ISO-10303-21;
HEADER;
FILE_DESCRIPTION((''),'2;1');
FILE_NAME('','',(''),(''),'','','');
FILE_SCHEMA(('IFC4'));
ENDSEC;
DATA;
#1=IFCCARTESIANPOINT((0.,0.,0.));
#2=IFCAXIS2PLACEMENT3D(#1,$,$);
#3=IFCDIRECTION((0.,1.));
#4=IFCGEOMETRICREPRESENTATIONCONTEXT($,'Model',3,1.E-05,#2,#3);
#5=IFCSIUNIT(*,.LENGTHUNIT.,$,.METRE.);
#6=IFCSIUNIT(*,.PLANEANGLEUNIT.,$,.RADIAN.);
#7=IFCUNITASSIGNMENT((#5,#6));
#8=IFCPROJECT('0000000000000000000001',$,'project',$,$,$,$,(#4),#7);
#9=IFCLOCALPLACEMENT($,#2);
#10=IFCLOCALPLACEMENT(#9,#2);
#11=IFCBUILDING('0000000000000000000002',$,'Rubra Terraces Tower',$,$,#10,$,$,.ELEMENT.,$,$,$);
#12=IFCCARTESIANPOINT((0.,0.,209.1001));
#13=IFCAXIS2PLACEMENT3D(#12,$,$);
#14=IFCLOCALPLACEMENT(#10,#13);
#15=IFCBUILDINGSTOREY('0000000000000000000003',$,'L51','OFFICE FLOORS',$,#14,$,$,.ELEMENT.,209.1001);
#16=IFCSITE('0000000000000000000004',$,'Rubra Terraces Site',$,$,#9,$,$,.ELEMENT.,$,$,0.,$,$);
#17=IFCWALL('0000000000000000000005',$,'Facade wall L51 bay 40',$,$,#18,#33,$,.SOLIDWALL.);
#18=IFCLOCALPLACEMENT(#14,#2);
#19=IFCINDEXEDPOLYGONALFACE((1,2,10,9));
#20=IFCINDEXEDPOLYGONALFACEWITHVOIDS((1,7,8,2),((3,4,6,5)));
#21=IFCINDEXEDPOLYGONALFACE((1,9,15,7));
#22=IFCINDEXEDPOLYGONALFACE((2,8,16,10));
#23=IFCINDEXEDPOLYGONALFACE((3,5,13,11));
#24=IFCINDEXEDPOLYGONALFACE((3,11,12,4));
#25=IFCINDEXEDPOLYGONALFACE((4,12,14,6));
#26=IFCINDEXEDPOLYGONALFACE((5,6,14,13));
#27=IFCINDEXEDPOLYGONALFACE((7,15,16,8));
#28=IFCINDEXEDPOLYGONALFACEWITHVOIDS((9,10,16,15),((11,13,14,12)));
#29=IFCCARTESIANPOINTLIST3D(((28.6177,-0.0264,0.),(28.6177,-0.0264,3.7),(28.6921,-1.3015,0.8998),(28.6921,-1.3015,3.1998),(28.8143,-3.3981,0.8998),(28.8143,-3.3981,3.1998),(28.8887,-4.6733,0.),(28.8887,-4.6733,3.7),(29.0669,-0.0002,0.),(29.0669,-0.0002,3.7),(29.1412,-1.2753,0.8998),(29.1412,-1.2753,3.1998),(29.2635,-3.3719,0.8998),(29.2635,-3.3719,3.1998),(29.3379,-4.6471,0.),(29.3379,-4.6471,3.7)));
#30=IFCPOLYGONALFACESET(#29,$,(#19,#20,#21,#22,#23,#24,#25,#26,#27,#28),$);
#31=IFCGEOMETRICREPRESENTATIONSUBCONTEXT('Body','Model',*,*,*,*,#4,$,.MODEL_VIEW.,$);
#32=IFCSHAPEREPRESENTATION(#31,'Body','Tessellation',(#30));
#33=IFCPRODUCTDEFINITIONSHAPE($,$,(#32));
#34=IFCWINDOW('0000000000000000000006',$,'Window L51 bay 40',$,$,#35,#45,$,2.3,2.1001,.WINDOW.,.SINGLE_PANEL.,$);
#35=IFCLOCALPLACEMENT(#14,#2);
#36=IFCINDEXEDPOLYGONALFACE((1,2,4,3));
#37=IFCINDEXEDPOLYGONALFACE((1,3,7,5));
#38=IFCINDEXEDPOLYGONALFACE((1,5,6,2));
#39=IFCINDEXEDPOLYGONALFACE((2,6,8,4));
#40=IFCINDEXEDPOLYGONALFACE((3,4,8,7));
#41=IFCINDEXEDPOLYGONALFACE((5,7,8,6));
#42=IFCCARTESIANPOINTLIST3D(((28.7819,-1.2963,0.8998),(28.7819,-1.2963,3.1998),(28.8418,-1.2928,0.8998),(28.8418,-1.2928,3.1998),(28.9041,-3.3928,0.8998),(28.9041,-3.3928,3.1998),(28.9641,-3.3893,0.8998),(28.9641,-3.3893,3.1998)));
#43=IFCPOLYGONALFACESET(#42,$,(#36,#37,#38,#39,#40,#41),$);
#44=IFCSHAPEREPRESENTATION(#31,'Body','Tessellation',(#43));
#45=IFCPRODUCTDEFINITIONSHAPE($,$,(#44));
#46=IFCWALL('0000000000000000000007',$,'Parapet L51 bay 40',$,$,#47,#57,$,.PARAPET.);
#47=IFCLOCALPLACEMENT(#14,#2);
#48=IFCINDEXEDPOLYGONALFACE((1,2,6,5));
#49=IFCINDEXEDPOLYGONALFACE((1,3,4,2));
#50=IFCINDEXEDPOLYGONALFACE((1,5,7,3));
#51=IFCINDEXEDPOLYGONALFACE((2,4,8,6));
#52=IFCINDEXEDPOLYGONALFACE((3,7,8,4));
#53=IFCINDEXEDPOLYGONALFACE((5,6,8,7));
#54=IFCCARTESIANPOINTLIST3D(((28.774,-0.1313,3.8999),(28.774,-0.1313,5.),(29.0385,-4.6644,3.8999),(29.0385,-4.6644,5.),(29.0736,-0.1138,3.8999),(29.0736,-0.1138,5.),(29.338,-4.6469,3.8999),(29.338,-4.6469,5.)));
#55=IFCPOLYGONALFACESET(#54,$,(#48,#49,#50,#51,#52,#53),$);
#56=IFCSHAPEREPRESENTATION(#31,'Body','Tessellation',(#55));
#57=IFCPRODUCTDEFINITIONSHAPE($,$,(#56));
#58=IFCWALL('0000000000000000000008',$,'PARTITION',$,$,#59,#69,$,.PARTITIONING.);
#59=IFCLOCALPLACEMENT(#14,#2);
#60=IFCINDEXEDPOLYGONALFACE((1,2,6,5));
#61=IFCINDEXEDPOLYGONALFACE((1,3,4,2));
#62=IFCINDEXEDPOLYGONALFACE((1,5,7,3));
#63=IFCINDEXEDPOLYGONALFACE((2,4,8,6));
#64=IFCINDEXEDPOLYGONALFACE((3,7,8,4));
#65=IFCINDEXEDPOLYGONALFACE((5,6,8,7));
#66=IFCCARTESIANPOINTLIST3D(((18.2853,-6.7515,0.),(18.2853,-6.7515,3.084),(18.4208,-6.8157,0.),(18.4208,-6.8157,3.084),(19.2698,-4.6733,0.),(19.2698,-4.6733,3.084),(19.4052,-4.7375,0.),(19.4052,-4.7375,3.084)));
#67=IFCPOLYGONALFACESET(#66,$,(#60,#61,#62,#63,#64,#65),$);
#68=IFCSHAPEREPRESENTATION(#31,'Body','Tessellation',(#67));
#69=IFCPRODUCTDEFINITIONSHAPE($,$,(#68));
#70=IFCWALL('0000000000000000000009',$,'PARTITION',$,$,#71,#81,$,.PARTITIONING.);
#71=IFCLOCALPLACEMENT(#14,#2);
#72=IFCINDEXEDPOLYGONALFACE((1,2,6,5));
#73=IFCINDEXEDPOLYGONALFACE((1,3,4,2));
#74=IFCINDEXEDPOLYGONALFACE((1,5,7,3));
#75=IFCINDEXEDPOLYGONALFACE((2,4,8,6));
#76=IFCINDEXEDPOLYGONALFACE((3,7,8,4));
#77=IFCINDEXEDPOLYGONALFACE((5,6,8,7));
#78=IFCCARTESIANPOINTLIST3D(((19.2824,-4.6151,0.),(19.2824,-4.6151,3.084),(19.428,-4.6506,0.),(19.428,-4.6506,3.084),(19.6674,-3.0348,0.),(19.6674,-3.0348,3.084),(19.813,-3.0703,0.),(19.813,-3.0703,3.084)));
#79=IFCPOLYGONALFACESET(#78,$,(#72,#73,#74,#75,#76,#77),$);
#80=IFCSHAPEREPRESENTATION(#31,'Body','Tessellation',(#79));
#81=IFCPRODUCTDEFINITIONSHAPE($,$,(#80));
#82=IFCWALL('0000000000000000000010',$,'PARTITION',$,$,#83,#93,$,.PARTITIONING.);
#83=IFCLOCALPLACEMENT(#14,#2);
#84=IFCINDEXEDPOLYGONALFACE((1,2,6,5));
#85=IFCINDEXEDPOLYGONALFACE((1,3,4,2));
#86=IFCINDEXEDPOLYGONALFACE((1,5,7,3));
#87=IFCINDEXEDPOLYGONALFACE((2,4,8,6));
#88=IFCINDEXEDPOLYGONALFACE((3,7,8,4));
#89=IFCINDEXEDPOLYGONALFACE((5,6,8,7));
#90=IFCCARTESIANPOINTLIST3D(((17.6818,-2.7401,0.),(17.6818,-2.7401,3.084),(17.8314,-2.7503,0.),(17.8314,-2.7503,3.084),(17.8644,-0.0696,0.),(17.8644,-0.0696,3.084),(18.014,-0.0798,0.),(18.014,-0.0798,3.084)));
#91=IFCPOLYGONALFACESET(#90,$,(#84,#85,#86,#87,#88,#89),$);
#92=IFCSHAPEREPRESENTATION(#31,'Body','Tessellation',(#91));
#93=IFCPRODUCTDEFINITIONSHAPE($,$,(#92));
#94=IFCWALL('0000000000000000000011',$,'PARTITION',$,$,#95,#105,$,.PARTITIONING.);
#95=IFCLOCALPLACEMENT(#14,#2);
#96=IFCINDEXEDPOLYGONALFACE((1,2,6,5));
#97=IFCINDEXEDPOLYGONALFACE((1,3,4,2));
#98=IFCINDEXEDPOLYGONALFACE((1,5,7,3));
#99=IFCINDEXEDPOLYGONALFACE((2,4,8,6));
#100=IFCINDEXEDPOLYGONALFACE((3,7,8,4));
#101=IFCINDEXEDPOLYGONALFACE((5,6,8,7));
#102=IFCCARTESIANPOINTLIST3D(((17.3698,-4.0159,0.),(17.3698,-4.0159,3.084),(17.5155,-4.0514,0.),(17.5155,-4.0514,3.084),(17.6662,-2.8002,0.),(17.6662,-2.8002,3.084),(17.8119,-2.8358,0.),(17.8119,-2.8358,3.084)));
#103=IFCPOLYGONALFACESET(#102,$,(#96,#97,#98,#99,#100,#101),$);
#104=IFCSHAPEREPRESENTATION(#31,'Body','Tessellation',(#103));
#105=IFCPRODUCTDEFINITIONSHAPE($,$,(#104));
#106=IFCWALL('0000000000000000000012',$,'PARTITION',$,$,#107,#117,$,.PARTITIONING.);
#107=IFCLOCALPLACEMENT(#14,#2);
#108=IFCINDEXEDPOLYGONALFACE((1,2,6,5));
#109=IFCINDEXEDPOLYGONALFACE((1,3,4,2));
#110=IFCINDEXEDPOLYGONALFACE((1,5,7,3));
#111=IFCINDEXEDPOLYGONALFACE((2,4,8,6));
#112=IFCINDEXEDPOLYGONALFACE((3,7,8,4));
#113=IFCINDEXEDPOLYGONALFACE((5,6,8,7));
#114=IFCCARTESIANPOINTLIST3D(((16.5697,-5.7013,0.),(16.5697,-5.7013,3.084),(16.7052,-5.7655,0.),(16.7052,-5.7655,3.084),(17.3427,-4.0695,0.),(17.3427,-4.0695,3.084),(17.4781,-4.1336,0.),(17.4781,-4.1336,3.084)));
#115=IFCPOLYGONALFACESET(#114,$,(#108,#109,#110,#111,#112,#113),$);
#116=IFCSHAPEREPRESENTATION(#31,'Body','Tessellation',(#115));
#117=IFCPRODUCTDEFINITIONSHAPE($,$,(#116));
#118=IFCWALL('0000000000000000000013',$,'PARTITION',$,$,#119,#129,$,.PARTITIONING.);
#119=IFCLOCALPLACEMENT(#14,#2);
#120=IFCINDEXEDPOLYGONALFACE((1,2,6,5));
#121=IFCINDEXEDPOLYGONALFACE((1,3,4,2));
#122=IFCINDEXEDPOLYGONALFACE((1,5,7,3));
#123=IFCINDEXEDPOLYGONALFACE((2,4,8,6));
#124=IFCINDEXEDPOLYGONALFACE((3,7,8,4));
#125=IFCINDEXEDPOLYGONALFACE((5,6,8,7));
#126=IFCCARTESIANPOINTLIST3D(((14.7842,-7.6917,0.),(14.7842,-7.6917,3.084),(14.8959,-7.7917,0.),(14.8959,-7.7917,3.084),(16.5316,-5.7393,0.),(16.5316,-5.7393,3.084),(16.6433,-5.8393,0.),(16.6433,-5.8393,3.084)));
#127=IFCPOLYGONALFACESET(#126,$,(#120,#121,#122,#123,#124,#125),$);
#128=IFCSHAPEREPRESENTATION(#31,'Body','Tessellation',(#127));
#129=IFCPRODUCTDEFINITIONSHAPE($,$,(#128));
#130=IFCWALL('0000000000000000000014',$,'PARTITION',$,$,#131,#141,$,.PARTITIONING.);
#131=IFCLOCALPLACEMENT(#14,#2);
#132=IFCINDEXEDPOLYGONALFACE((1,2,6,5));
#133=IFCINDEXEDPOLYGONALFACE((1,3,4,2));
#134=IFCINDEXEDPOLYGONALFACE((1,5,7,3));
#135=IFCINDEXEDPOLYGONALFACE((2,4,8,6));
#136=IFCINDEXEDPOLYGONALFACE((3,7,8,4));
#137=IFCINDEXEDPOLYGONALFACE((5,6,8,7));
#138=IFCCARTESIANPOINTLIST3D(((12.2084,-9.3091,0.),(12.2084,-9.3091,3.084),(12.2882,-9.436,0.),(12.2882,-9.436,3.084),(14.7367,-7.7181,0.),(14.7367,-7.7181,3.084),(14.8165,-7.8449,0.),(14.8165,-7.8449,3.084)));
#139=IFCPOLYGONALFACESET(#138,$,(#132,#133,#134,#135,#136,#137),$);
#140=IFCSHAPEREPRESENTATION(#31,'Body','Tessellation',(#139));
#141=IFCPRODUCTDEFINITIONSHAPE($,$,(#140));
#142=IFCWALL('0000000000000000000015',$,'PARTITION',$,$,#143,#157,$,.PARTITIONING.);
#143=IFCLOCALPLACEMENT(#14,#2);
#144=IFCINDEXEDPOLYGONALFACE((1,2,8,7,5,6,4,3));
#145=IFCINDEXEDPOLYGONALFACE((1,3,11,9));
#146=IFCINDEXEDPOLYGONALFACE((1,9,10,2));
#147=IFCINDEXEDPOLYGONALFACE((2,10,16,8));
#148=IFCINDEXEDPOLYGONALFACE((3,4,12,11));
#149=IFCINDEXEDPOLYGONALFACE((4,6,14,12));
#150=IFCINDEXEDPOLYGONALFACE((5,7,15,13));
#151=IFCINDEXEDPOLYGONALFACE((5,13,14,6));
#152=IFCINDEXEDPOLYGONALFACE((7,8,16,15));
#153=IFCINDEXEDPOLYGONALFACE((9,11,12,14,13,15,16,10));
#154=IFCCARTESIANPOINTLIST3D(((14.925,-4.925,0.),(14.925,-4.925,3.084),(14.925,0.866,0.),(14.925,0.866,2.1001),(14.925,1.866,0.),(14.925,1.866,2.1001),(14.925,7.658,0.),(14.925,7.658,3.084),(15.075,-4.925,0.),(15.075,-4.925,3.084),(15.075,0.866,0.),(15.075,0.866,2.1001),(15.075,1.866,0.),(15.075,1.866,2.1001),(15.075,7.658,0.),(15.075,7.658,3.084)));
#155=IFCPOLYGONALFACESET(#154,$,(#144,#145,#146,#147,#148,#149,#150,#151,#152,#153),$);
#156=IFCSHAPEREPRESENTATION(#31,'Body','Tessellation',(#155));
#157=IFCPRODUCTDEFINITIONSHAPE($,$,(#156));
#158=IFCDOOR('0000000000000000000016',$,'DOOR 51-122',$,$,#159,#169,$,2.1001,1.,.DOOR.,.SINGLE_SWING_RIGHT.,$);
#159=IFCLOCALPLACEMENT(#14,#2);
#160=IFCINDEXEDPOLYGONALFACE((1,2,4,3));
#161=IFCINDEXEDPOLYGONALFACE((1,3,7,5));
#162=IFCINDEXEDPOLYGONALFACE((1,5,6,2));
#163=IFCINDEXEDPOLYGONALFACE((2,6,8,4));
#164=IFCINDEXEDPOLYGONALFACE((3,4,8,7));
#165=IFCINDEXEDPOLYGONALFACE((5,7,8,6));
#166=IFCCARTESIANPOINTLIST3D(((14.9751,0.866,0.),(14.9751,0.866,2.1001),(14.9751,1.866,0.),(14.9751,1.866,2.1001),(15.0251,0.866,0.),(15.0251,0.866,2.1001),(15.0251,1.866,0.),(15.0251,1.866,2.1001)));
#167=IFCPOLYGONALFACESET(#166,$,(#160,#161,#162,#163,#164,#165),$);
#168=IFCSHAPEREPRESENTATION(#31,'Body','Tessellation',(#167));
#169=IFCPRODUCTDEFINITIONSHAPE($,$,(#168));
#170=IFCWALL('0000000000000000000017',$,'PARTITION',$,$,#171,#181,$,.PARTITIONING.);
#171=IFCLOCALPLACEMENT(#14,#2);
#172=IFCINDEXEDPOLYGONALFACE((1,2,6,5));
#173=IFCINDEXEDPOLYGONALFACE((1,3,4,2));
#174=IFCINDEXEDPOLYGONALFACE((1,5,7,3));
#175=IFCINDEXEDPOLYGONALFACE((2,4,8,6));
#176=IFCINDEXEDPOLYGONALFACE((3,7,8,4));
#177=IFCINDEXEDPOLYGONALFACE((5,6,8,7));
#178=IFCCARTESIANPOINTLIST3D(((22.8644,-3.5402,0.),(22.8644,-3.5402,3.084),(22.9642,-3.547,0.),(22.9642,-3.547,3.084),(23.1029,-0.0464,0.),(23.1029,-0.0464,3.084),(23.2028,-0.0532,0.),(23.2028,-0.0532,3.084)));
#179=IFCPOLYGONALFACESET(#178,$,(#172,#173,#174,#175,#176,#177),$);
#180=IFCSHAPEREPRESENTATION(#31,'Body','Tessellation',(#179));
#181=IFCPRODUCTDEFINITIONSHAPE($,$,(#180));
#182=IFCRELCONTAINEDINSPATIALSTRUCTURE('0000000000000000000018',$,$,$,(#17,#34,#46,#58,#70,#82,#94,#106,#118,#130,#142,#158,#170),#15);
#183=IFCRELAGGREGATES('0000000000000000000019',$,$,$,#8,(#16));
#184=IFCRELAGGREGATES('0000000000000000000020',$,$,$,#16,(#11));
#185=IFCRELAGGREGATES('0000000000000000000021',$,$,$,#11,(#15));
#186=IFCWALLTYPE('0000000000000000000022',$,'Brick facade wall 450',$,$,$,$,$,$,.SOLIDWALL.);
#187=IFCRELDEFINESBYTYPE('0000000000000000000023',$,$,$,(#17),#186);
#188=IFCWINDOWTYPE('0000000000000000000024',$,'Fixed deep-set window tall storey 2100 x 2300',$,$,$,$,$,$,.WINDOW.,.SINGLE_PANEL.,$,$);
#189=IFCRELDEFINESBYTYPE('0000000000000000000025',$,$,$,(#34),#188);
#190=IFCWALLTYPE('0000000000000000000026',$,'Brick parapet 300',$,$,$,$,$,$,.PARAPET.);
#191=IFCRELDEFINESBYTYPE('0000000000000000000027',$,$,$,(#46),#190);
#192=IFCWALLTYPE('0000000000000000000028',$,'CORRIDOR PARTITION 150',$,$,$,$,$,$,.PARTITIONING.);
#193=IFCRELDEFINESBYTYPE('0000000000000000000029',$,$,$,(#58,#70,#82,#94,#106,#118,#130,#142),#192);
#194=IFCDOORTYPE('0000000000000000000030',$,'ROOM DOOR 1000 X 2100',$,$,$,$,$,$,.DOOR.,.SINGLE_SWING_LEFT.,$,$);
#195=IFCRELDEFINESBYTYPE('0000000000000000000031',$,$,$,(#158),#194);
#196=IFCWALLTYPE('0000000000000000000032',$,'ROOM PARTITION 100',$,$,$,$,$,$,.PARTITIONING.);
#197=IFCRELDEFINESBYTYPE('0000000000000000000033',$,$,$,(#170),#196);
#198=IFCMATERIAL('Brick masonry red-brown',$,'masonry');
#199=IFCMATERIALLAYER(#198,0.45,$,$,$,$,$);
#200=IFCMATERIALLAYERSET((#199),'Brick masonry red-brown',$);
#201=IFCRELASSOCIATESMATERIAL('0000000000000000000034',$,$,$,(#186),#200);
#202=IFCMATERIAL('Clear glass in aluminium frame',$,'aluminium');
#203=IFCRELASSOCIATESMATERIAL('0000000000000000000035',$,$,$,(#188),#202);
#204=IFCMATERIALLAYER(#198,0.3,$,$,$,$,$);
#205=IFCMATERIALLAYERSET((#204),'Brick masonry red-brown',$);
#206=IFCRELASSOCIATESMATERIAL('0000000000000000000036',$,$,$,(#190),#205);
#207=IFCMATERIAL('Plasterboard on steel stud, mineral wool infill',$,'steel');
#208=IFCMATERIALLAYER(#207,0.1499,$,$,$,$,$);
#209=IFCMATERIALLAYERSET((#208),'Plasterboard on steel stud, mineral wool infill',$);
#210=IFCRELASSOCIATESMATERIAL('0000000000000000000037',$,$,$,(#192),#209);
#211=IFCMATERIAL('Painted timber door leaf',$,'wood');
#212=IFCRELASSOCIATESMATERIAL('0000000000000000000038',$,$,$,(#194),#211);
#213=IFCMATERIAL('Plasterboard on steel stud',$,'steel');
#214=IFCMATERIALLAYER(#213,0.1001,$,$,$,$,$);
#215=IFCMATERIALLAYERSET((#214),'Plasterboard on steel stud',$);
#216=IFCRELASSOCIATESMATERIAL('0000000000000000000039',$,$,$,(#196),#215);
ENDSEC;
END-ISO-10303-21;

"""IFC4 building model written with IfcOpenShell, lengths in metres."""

from ifc_helpers import new_model, si_unit, direction, frame, frame_2d, origin, place, context, subcontext, project, spatial, rectangle, extrude, material, layer, layer_set, type_object, element, fill, save


model = new_model("IFC4")

# Units and contexts
model_context = context("Model", 3, precision=1e-05, world=origin(), true_north=direction((0.0, 1.0)))
body_context = subcontext(model_context, "Body", "Model", "MODEL_VIEW")
ifc_project = project(units=[si_unit("LENGTHUNIT", "METRE"), si_unit("PLANEANGLEUNIT", "RADIAN")], contexts=[model_context])

# Site, building, storey
site_placement = place(None, origin())
site = spatial("IfcSite", under=ifc_project, at=site_placement, Name="Rubra Terraces Site", CompositionType="ELEMENT", RefElevation=0.0)
building_placement = place(site_placement, origin())
building = spatial("IfcBuilding", under=site, at=building_placement, Name="Rubra Terraces Tower", CompositionType="ELEMENT")
storey_placement = place(building_placement, frame((0.0, 0.0, 209.1001)))
storey = spatial("IfcBuildingStorey", under=building, at=storey_placement, Name="L51", Description="OFFICE FLOORS", CompositionType="ELEMENT", Elevation=209.1001)

# Wall, opening, window
ifc_material_1 = material(Name="Brick masonry red-brown", Category="masonry")
ifc_layer_1 = layer(ifc_material_1, 0.45)
ifc_layer_set_1 = layer_set([ifc_layer_1], Name="Brick masonry red-brown")
wall_type_1 = type_object("IfcWallType", Name="Brick facade wall 450", PredefinedType="SOLIDWALL", material=ifc_layer_set_1)
ifc_material_2 = material(Name="Clear glass in aluminium frame", Category="aluminium")
window_type = type_object("IfcWindowType", Name="Fixed deep-set window tall storey 2100 x 2300", PartitioningType="SINGLE_PANEL", PredefinedType="WINDOW", material=ifc_material_2)
wall_1_placement = place(storey_placement, frame((29.1133, -4.6602, 0.0), z_axis=(0.0, 0.0, 1.0), x_axis=(-0.058218, 0.998304, 0.0)))
wall_1 = element("IfcWall", 1, at=wall_1_placement, inside=storey, type_object=wall_type_1, Name="Facade wall L51 bay 40", PredefinedType="SOLIDWALL", context=body_context, shape_type="SweptSolid", body=[
    extrude(rectangle(XDim=4.6548, YDim=0.45, at=frame_2d((2.3274, 0.0))), origin(), (0.0, 0.0, 1.0), 3.7),
])
opening_1_placement = place(wall_1_placement, frame((1.2773, 0.0, 0.8999)))
opening_1 = element("IfcOpeningElement", 2, at=opening_1_placement, cuts=wall_1, PredefinedType="OPENING", context=body_context, shape_type="SweptSolid", body=[
    extrude(rectangle(XDim=2.1001, YDim=2.3, at=frame_2d((1.05, 1.1499))), frame((0.0, 0.2349, 0.0), z_axis=(0.0, -1.0, 0.0), x_axis=(1.0, 0.0, 0.0)), (0.0, 0.0, 1.0), 0.47),
])
window_1_placement = place(opening_1_placement, origin())
window_1 = element("IfcWindow", 3, at=window_1_placement, inside=storey, type_object=window_type, Name="Window L51 bay 40", OverallHeight=2.3, OverallWidth=2.1001, PartitioningType="SINGLE_PANEL", PredefinedType="WINDOW", context=body_context, shape_type="SweptSolid", body=[
    extrude(rectangle(XDim=2.1001, YDim=2.3, at=frame_2d((1.05, 1.1499))), frame((0.0, 0.135, 0.0), z_axis=(0.0, -1.0, 0.0), x_axis=(1.0, 0.0, 0.0)), (0.0, 0.0, 1.0), 0.0601),
])
fill(opening_1, window_1)

# Walls
ifc_layer_2 = layer(ifc_material_1, 0.3)
ifc_layer_set_2 = layer_set([ifc_layer_2], Name="Brick masonry red-brown")
wall_type_2 = type_object("IfcWallType", Name="Brick parapet 300", PredefinedType="PARAPET", material=ifc_layer_set_2)
wall_2_placement = place(storey_placement, frame((29.1882, -4.6558, 3.8999), z_axis=(0.0, 0.0, 1.0), x_axis=(-0.05823, 0.998303, 0.0)))
element("IfcWall", 4, at=wall_2_placement, inside=storey, type_object=wall_type_2, Name="Parapet L51 bay 40", PredefinedType="PARAPET", context=body_context, shape_type="SweptSolid", body=[
    extrude(rectangle(XDim=4.5408, YDim=0.3, at=frame_2d((2.2705, 0.0))), origin(), (0.0, 0.0, 1.0), 1.1001),
])
ifc_material_3 = material(Name="Plasterboard on steel stud, mineral wool infill", Category="steel")
ifc_layer_3 = layer(ifc_material_3, 0.1499)
ifc_layer_set_3 = layer_set([ifc_layer_3], Name="Plasterboard on steel stud, mineral wool infill")
wall_type_3 = type_object("IfcWallType", Name="CORRIDOR PARTITION 150", PredefinedType="PARTITIONING", material=ifc_layer_set_3)
wall_3_placement = place(storey_placement, frame((18.353, -6.7837, 0.0), z_axis=(0.0, 0.0, 1.0), x_axis=(0.428086, 0.903738, 0.0)))
element("IfcWall", 5, at=wall_3_placement, inside=storey, type_object=wall_type_3, Name="PARTITION", PredefinedType="PARTITIONING", context=body_context, shape_type="SweptSolid", body=[
    extrude(rectangle(XDim=2.2996, YDim=0.1499, at=frame_2d((1.1499, 0.0))), origin(), (0.0, 0.0, 1.0), 3.084),
])
wall_4_placement = place(storey_placement, frame((19.3552, -4.6328, 0.0), z_axis=(0.0, 0.0, 1.0), x_axis=(0.236704, 0.971582, 0.0)))
element("IfcWall", 6, at=wall_4_placement, inside=storey, type_object=wall_type_3, Name="PARTITION", PredefinedType="PARTITIONING", context=body_context, shape_type="SweptSolid", body=[
    extrude(rectangle(XDim=1.6265, YDim=0.1499, at=frame_2d((0.8132, 0.0))), origin(), (0.0, 0.0, 1.0), 3.084),
])

# Walls
wall_5_placement = place(storey_placement, frame((17.9392, -0.0747, 0.0), z_axis=(0.0, 0.0, 1.0), x_axis=(-0.068226, -0.99767, 0.0)))
element("IfcWall", 7, at=wall_5_placement, inside=storey, type_object=wall_type_3, Name="PARTITION", PredefinedType="PARTITIONING", context=body_context, shape_type="SweptSolid", body=[
    extrude(rectangle(XDim=2.6768, YDim=0.1499, at=frame_2d((1.3384, 0.0))), origin(), (0.0, 0.0, 1.0), 3.084),
])
wall_6_placement = place(storey_placement, frame((17.739, -2.8181, 0.0), z_axis=(0.0, 0.0, 1.0), x_axis=(-0.236884, -0.971538, 0.0)))
element("IfcWall", 8, at=wall_6_placement, inside=storey, type_object=wall_type_3, Name="PARTITION", PredefinedType="PARTITIONING", context=body_context, shape_type="SweptSolid", body=[
    extrude(rectangle(XDim=1.2512, YDim=0.1499, at=frame_2d((0.6255, 0.0))), origin(), (0.0, 0.0, 1.0), 3.084),
])
wall_7_placement = place(storey_placement, frame((17.4104, -4.1016, 0.0), z_axis=(0.0, 0.0, 1.0), x_axis=(-0.428075, -0.903743, 0.0)))
element("IfcWall", 9, at=wall_7_placement, inside=storey, type_object=wall_type_3, Name="PARTITION", PredefinedType="PARTITIONING", context=body_context, shape_type="SweptSolid", body=[
    extrude(rectangle(XDim=1.8057, YDim=0.1499, at=frame_2d((0.9028, 0.0))), origin(), (0.0, 0.0, 1.0), 3.084),
])
wall_8_placement = place(storey_placement, frame((16.5874, -5.7893, 0.0), z_axis=(0.0, 0.0, 1.0), x_axis=(-0.666887, -0.745158, 0.0)))
element("IfcWall", 10, at=wall_8_placement, inside=storey, type_object=wall_type_3, Name="PARTITION", PredefinedType="PARTITIONING", context=body_context, shape_type="SweptSolid", body=[
    extrude(rectangle(XDim=2.6201, YDim=0.1499, at=frame_2d((1.3101, 0.0))), origin(), (0.0, 0.0, 1.0), 3.084),
])
wall_9_placement = place(storey_placement, frame((14.7766, -7.7815, 0.0), z_axis=(0.0, 0.0, 1.0), x_axis=(-0.84636, -0.532612, 0.0)))
element("IfcWall", 11, at=wall_9_placement, inside=storey, type_object=wall_type_3, Name="PARTITION", PredefinedType="PARTITIONING", context=body_context, shape_type="SweptSolid", body=[
    extrude(rectangle(XDim=2.9873, YDim=0.1499, at=frame_2d((1.4937, 0.0))), origin(), (0.0, 0.0, 1.0), 3.084),
])

# Wall, opening, door
wall_10_placement = place(storey_placement, frame((15.0, -4.925, 0.0), z_axis=(0.0, 0.0, 1.0), x_axis=(0.0, 1.0, 0.0)))
wall_10 = element("IfcWall", 12, at=wall_10_placement, inside=storey, type_object=wall_type_3, Name="PARTITION", PredefinedType="PARTITIONING", context=body_context, shape_type="SweptSolid", body=[
    extrude(rectangle(XDim=12.583, YDim=0.1499, at=frame_2d((6.2915, 0.0))), origin(), (0.0, 0.0, 1.0), 3.084),
])
opening_2_placement = place(wall_10_placement, frame((5.791, 0.0, 0.0)))
opening_2 = element("IfcOpeningElement", 13, at=opening_2_placement, cuts=wall_10, PredefinedType="OPENING", context=body_context, shape_type="SweptSolid", body=[
    extrude(rectangle(XDim=1.0, YDim=2.1001, at=frame_2d((0.5, 1.05))), frame((0.0, 0.085, 0.0), z_axis=(0.0, -1.0, 0.0), x_axis=(1.0, 0.0, 0.0)), (0.0, 0.0, 1.0), 0.1699),
])
ifc_material_4 = material(Name="Painted timber door leaf", Category="wood")
door_type_1 = type_object("IfcDoorType", Name="ROOM DOOR 1000 X 2100", OperationType="SINGLE_SWING_LEFT", PredefinedType="DOOR", material=ifc_material_4)
door_1_placement = place(opening_2_placement, origin())
door_1 = element("IfcDoor", 14, at=door_1_placement, inside=storey, type_object=door_type_1, Name="DOOR 51-122", OperationType="SINGLE_SWING_RIGHT", OverallHeight=2.1001, OverallWidth=1.0, PredefinedType="DOOR", context=body_context, shape_type="SweptSolid", body=[
    extrude(rectangle(XDim=1.0, YDim=2.1001, at=frame_2d((0.5, 1.05))), frame((0.0, 0.0249, 0.0), z_axis=(0.0, -1.0, 0.0), x_axis=(1.0, 0.0, 0.0)), (0.0, 0.0, 1.0), 0.05),
])
fill(opening_2, door_1)

# Wall
ifc_material_5 = material(Name="Plasterboard on steel stud", Category="steel")
ifc_layer_4 = layer(ifc_material_5, 0.1001)
ifc_layer_set_4 = layer_set([ifc_layer_4], Name="Plasterboard on steel stud")
wall_type_4 = type_object("IfcWallType", Name="ROOM PARTITION 100", PredefinedType="PARTITIONING", material=ifc_layer_set_4)
wall_11_placement = place(storey_placement, frame((23.1528, -0.0498, 0.0), z_axis=(0.0, 0.0, 1.0), x_axis=(-0.068111, -0.997678, 0.0)))
element("IfcWall", 15, at=wall_11_placement, inside=storey, type_object=wall_type_4, Name="PARTITION", PredefinedType="PARTITIONING", context=body_context, shape_type="SweptSolid", body=[
    extrude(rectangle(XDim=3.502, YDim=0.1001, at=frame_2d((1.751, 0.0))), origin(), (0.0, 0.0, 1.0), 3.084),
])

save(model, "model.ifc")
